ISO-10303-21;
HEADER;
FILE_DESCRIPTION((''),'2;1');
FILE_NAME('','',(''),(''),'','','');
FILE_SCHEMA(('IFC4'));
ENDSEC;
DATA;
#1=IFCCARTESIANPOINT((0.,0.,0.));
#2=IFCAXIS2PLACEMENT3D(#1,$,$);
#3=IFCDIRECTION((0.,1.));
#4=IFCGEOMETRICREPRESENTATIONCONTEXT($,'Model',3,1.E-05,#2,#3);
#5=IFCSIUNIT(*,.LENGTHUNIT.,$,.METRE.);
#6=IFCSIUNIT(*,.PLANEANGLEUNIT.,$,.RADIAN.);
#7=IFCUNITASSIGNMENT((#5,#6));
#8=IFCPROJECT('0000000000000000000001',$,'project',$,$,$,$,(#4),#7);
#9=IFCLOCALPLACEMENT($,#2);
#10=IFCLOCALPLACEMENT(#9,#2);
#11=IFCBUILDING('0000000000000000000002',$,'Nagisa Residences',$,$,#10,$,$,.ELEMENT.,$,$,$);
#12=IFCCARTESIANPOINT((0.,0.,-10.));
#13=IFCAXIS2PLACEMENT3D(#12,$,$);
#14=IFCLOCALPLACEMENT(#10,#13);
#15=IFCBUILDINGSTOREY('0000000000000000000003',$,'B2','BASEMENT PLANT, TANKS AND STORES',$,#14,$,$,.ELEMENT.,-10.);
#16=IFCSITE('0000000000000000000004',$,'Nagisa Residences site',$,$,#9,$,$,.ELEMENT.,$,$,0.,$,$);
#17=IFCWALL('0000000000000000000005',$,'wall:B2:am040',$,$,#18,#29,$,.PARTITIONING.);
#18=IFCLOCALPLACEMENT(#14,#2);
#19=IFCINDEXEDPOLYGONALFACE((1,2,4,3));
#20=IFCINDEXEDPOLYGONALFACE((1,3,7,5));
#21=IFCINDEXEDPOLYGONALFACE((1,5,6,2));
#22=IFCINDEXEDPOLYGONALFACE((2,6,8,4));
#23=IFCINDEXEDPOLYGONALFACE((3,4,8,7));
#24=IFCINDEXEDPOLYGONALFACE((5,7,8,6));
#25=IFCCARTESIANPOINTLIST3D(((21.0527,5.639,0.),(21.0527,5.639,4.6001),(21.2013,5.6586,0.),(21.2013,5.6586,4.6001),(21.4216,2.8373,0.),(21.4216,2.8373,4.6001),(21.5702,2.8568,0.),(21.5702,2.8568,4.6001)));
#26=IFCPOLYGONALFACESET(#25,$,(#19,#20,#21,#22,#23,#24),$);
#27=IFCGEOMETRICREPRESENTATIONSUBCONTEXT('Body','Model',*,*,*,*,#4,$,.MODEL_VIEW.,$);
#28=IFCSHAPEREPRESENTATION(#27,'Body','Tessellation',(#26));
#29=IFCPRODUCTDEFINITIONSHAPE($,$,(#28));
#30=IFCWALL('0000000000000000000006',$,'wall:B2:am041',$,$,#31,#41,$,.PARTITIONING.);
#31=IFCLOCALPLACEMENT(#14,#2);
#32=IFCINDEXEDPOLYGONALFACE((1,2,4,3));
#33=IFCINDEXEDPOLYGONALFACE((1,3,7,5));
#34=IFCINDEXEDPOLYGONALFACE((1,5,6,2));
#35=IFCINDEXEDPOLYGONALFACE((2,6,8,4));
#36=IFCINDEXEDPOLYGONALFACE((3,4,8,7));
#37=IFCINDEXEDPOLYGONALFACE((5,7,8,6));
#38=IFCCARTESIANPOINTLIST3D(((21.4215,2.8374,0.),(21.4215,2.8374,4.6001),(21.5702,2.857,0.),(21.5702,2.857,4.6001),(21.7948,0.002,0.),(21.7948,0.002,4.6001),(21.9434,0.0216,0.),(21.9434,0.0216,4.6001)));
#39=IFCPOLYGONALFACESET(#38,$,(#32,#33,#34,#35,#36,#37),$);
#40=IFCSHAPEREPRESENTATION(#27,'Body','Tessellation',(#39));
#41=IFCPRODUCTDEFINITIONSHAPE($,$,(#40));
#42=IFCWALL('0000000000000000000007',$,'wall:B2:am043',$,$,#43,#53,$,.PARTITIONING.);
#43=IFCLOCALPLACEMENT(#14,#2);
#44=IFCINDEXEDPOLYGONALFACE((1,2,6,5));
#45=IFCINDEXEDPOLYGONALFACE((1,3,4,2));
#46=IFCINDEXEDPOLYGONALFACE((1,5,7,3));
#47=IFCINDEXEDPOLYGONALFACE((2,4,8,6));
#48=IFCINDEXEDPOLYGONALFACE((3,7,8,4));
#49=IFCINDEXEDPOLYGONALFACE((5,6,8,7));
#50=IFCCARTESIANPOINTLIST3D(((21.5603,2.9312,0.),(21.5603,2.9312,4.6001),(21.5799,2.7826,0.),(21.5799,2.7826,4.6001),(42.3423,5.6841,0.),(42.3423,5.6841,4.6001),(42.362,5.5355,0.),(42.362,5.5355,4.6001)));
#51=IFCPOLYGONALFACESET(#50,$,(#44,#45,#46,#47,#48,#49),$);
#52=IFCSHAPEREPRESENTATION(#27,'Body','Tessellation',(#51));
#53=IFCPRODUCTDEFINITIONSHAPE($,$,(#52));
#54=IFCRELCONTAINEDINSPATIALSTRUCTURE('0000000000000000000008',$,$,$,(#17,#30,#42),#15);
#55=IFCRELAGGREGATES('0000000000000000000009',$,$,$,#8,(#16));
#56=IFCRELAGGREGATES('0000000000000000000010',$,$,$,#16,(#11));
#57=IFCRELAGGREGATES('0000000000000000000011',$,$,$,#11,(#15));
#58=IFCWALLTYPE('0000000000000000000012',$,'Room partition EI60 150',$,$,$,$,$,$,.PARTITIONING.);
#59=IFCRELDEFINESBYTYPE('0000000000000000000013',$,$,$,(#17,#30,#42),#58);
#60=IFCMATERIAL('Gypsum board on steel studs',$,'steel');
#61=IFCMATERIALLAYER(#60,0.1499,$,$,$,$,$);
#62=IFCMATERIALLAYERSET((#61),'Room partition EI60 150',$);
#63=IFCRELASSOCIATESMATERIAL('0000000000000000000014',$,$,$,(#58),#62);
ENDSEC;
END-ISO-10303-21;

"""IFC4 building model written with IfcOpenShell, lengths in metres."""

from ifc_helpers import new_model, si_unit, direction, frame, frame_2d, origin, place, context, subcontext, project, spatial, rectangle, extrude, material, layer, layer_set, type_object, element, save


model = new_model("IFC4")

# Units and contexts
model_context = context("Model", 3, precision=1e-05, world=origin(), true_north=direction((0.0, 1.0)))
body_context = subcontext(model_context, "Body", "Model", "MODEL_VIEW")
ifc_project = project(units=[si_unit("LENGTHUNIT", "METRE"), si_unit("PLANEANGLEUNIT", "RADIAN")], contexts=[model_context])

# Site, building, storey
site_placement = place(None, origin())
site = spatial("IfcSite", under=ifc_project, at=site_placement, Name="Nagisa Residences site", CompositionType="ELEMENT", RefElevation=0.0)
building_placement = place(site_placement, origin())
building = spatial("IfcBuilding", under=site, at=building_placement, Name="Nagisa Residences", CompositionType="ELEMENT")
storey_placement = place(building_placement, frame((0.0, 0.0, -10.0)))
storey = spatial("IfcBuildingStorey", under=building, at=storey_placement, Name="B2", Description="BASEMENT PLANT, TANKS AND STORES", CompositionType="ELEMENT", Elevation=-10.0)

# Walls
ifc_material_1 = material(Name="Gypsum board on steel studs", Category="steel")
ifc_layer_1 = layer(ifc_material_1, 0.1499)
ifc_layer_set_1 = layer_set([ifc_layer_1], Name="Room partition EI60 150")
wall_type_1 = type_object("IfcWallType", Name="Room partition EI60 150", PredefinedType="PARTITIONING", material=ifc_layer_set_1)
wall_1_placement = place(storey_placement, frame((21.127, 5.6489, 0.0), z_axis=(0.0, 0.0, 1.0), x_axis=(0.130539, -0.991443, 0.0)))
element("IfcWall", 1, at=wall_1_placement, inside=storey, type_object=wall_type_1, Name="wall:B2:am040", PredefinedType="PARTITIONING", context=body_context, shape_type="SweptSolid", body=[
    extrude(rectangle(XDim=2.8259, YDim=0.1499, at=frame_2d((1.4131, 0.0))), origin(), (0.0, 0.0, 1.0), 4.6001),
])
wall_2_placement = place(storey_placement, frame((21.4958, 2.8472, 0.0), z_axis=(0.0, 0.0, 1.0), x_axis=(0.130525, -0.991445, 0.0)))
element("IfcWall", 2, at=wall_2_placement, inside=storey, type_object=wall_type_1, Name="wall:B2:am041", PredefinedType="PARTITIONING", context=body_context, shape_type="SweptSolid", body=[
    extrude(rectangle(XDim=2.8599, YDim=0.1499, at=frame_2d((1.4299, 0.0))), origin(), (0.0, 0.0, 1.0), 4.6001),
])
wall_3_placement = place(storey_placement, frame((42.3523, 5.6099, 0.0), z_axis=(0.0, 0.0, 1.0), x_axis=(-0.99134, -0.13132, 0.0)))
element("IfcWall", 3, at=wall_3_placement, inside=storey, type_object=wall_type_1, Name="wall:B2:am043", PredefinedType="PARTITIONING", context=body_context, shape_type="SweptSolid", body=[
    extrude(rectangle(XDim=20.9636, YDim=0.1499, at=frame_2d((10.4819, 0.0))), origin(), (0.0, 0.0, 1.0), 4.6001),
])

save(model, "model.ifc")
